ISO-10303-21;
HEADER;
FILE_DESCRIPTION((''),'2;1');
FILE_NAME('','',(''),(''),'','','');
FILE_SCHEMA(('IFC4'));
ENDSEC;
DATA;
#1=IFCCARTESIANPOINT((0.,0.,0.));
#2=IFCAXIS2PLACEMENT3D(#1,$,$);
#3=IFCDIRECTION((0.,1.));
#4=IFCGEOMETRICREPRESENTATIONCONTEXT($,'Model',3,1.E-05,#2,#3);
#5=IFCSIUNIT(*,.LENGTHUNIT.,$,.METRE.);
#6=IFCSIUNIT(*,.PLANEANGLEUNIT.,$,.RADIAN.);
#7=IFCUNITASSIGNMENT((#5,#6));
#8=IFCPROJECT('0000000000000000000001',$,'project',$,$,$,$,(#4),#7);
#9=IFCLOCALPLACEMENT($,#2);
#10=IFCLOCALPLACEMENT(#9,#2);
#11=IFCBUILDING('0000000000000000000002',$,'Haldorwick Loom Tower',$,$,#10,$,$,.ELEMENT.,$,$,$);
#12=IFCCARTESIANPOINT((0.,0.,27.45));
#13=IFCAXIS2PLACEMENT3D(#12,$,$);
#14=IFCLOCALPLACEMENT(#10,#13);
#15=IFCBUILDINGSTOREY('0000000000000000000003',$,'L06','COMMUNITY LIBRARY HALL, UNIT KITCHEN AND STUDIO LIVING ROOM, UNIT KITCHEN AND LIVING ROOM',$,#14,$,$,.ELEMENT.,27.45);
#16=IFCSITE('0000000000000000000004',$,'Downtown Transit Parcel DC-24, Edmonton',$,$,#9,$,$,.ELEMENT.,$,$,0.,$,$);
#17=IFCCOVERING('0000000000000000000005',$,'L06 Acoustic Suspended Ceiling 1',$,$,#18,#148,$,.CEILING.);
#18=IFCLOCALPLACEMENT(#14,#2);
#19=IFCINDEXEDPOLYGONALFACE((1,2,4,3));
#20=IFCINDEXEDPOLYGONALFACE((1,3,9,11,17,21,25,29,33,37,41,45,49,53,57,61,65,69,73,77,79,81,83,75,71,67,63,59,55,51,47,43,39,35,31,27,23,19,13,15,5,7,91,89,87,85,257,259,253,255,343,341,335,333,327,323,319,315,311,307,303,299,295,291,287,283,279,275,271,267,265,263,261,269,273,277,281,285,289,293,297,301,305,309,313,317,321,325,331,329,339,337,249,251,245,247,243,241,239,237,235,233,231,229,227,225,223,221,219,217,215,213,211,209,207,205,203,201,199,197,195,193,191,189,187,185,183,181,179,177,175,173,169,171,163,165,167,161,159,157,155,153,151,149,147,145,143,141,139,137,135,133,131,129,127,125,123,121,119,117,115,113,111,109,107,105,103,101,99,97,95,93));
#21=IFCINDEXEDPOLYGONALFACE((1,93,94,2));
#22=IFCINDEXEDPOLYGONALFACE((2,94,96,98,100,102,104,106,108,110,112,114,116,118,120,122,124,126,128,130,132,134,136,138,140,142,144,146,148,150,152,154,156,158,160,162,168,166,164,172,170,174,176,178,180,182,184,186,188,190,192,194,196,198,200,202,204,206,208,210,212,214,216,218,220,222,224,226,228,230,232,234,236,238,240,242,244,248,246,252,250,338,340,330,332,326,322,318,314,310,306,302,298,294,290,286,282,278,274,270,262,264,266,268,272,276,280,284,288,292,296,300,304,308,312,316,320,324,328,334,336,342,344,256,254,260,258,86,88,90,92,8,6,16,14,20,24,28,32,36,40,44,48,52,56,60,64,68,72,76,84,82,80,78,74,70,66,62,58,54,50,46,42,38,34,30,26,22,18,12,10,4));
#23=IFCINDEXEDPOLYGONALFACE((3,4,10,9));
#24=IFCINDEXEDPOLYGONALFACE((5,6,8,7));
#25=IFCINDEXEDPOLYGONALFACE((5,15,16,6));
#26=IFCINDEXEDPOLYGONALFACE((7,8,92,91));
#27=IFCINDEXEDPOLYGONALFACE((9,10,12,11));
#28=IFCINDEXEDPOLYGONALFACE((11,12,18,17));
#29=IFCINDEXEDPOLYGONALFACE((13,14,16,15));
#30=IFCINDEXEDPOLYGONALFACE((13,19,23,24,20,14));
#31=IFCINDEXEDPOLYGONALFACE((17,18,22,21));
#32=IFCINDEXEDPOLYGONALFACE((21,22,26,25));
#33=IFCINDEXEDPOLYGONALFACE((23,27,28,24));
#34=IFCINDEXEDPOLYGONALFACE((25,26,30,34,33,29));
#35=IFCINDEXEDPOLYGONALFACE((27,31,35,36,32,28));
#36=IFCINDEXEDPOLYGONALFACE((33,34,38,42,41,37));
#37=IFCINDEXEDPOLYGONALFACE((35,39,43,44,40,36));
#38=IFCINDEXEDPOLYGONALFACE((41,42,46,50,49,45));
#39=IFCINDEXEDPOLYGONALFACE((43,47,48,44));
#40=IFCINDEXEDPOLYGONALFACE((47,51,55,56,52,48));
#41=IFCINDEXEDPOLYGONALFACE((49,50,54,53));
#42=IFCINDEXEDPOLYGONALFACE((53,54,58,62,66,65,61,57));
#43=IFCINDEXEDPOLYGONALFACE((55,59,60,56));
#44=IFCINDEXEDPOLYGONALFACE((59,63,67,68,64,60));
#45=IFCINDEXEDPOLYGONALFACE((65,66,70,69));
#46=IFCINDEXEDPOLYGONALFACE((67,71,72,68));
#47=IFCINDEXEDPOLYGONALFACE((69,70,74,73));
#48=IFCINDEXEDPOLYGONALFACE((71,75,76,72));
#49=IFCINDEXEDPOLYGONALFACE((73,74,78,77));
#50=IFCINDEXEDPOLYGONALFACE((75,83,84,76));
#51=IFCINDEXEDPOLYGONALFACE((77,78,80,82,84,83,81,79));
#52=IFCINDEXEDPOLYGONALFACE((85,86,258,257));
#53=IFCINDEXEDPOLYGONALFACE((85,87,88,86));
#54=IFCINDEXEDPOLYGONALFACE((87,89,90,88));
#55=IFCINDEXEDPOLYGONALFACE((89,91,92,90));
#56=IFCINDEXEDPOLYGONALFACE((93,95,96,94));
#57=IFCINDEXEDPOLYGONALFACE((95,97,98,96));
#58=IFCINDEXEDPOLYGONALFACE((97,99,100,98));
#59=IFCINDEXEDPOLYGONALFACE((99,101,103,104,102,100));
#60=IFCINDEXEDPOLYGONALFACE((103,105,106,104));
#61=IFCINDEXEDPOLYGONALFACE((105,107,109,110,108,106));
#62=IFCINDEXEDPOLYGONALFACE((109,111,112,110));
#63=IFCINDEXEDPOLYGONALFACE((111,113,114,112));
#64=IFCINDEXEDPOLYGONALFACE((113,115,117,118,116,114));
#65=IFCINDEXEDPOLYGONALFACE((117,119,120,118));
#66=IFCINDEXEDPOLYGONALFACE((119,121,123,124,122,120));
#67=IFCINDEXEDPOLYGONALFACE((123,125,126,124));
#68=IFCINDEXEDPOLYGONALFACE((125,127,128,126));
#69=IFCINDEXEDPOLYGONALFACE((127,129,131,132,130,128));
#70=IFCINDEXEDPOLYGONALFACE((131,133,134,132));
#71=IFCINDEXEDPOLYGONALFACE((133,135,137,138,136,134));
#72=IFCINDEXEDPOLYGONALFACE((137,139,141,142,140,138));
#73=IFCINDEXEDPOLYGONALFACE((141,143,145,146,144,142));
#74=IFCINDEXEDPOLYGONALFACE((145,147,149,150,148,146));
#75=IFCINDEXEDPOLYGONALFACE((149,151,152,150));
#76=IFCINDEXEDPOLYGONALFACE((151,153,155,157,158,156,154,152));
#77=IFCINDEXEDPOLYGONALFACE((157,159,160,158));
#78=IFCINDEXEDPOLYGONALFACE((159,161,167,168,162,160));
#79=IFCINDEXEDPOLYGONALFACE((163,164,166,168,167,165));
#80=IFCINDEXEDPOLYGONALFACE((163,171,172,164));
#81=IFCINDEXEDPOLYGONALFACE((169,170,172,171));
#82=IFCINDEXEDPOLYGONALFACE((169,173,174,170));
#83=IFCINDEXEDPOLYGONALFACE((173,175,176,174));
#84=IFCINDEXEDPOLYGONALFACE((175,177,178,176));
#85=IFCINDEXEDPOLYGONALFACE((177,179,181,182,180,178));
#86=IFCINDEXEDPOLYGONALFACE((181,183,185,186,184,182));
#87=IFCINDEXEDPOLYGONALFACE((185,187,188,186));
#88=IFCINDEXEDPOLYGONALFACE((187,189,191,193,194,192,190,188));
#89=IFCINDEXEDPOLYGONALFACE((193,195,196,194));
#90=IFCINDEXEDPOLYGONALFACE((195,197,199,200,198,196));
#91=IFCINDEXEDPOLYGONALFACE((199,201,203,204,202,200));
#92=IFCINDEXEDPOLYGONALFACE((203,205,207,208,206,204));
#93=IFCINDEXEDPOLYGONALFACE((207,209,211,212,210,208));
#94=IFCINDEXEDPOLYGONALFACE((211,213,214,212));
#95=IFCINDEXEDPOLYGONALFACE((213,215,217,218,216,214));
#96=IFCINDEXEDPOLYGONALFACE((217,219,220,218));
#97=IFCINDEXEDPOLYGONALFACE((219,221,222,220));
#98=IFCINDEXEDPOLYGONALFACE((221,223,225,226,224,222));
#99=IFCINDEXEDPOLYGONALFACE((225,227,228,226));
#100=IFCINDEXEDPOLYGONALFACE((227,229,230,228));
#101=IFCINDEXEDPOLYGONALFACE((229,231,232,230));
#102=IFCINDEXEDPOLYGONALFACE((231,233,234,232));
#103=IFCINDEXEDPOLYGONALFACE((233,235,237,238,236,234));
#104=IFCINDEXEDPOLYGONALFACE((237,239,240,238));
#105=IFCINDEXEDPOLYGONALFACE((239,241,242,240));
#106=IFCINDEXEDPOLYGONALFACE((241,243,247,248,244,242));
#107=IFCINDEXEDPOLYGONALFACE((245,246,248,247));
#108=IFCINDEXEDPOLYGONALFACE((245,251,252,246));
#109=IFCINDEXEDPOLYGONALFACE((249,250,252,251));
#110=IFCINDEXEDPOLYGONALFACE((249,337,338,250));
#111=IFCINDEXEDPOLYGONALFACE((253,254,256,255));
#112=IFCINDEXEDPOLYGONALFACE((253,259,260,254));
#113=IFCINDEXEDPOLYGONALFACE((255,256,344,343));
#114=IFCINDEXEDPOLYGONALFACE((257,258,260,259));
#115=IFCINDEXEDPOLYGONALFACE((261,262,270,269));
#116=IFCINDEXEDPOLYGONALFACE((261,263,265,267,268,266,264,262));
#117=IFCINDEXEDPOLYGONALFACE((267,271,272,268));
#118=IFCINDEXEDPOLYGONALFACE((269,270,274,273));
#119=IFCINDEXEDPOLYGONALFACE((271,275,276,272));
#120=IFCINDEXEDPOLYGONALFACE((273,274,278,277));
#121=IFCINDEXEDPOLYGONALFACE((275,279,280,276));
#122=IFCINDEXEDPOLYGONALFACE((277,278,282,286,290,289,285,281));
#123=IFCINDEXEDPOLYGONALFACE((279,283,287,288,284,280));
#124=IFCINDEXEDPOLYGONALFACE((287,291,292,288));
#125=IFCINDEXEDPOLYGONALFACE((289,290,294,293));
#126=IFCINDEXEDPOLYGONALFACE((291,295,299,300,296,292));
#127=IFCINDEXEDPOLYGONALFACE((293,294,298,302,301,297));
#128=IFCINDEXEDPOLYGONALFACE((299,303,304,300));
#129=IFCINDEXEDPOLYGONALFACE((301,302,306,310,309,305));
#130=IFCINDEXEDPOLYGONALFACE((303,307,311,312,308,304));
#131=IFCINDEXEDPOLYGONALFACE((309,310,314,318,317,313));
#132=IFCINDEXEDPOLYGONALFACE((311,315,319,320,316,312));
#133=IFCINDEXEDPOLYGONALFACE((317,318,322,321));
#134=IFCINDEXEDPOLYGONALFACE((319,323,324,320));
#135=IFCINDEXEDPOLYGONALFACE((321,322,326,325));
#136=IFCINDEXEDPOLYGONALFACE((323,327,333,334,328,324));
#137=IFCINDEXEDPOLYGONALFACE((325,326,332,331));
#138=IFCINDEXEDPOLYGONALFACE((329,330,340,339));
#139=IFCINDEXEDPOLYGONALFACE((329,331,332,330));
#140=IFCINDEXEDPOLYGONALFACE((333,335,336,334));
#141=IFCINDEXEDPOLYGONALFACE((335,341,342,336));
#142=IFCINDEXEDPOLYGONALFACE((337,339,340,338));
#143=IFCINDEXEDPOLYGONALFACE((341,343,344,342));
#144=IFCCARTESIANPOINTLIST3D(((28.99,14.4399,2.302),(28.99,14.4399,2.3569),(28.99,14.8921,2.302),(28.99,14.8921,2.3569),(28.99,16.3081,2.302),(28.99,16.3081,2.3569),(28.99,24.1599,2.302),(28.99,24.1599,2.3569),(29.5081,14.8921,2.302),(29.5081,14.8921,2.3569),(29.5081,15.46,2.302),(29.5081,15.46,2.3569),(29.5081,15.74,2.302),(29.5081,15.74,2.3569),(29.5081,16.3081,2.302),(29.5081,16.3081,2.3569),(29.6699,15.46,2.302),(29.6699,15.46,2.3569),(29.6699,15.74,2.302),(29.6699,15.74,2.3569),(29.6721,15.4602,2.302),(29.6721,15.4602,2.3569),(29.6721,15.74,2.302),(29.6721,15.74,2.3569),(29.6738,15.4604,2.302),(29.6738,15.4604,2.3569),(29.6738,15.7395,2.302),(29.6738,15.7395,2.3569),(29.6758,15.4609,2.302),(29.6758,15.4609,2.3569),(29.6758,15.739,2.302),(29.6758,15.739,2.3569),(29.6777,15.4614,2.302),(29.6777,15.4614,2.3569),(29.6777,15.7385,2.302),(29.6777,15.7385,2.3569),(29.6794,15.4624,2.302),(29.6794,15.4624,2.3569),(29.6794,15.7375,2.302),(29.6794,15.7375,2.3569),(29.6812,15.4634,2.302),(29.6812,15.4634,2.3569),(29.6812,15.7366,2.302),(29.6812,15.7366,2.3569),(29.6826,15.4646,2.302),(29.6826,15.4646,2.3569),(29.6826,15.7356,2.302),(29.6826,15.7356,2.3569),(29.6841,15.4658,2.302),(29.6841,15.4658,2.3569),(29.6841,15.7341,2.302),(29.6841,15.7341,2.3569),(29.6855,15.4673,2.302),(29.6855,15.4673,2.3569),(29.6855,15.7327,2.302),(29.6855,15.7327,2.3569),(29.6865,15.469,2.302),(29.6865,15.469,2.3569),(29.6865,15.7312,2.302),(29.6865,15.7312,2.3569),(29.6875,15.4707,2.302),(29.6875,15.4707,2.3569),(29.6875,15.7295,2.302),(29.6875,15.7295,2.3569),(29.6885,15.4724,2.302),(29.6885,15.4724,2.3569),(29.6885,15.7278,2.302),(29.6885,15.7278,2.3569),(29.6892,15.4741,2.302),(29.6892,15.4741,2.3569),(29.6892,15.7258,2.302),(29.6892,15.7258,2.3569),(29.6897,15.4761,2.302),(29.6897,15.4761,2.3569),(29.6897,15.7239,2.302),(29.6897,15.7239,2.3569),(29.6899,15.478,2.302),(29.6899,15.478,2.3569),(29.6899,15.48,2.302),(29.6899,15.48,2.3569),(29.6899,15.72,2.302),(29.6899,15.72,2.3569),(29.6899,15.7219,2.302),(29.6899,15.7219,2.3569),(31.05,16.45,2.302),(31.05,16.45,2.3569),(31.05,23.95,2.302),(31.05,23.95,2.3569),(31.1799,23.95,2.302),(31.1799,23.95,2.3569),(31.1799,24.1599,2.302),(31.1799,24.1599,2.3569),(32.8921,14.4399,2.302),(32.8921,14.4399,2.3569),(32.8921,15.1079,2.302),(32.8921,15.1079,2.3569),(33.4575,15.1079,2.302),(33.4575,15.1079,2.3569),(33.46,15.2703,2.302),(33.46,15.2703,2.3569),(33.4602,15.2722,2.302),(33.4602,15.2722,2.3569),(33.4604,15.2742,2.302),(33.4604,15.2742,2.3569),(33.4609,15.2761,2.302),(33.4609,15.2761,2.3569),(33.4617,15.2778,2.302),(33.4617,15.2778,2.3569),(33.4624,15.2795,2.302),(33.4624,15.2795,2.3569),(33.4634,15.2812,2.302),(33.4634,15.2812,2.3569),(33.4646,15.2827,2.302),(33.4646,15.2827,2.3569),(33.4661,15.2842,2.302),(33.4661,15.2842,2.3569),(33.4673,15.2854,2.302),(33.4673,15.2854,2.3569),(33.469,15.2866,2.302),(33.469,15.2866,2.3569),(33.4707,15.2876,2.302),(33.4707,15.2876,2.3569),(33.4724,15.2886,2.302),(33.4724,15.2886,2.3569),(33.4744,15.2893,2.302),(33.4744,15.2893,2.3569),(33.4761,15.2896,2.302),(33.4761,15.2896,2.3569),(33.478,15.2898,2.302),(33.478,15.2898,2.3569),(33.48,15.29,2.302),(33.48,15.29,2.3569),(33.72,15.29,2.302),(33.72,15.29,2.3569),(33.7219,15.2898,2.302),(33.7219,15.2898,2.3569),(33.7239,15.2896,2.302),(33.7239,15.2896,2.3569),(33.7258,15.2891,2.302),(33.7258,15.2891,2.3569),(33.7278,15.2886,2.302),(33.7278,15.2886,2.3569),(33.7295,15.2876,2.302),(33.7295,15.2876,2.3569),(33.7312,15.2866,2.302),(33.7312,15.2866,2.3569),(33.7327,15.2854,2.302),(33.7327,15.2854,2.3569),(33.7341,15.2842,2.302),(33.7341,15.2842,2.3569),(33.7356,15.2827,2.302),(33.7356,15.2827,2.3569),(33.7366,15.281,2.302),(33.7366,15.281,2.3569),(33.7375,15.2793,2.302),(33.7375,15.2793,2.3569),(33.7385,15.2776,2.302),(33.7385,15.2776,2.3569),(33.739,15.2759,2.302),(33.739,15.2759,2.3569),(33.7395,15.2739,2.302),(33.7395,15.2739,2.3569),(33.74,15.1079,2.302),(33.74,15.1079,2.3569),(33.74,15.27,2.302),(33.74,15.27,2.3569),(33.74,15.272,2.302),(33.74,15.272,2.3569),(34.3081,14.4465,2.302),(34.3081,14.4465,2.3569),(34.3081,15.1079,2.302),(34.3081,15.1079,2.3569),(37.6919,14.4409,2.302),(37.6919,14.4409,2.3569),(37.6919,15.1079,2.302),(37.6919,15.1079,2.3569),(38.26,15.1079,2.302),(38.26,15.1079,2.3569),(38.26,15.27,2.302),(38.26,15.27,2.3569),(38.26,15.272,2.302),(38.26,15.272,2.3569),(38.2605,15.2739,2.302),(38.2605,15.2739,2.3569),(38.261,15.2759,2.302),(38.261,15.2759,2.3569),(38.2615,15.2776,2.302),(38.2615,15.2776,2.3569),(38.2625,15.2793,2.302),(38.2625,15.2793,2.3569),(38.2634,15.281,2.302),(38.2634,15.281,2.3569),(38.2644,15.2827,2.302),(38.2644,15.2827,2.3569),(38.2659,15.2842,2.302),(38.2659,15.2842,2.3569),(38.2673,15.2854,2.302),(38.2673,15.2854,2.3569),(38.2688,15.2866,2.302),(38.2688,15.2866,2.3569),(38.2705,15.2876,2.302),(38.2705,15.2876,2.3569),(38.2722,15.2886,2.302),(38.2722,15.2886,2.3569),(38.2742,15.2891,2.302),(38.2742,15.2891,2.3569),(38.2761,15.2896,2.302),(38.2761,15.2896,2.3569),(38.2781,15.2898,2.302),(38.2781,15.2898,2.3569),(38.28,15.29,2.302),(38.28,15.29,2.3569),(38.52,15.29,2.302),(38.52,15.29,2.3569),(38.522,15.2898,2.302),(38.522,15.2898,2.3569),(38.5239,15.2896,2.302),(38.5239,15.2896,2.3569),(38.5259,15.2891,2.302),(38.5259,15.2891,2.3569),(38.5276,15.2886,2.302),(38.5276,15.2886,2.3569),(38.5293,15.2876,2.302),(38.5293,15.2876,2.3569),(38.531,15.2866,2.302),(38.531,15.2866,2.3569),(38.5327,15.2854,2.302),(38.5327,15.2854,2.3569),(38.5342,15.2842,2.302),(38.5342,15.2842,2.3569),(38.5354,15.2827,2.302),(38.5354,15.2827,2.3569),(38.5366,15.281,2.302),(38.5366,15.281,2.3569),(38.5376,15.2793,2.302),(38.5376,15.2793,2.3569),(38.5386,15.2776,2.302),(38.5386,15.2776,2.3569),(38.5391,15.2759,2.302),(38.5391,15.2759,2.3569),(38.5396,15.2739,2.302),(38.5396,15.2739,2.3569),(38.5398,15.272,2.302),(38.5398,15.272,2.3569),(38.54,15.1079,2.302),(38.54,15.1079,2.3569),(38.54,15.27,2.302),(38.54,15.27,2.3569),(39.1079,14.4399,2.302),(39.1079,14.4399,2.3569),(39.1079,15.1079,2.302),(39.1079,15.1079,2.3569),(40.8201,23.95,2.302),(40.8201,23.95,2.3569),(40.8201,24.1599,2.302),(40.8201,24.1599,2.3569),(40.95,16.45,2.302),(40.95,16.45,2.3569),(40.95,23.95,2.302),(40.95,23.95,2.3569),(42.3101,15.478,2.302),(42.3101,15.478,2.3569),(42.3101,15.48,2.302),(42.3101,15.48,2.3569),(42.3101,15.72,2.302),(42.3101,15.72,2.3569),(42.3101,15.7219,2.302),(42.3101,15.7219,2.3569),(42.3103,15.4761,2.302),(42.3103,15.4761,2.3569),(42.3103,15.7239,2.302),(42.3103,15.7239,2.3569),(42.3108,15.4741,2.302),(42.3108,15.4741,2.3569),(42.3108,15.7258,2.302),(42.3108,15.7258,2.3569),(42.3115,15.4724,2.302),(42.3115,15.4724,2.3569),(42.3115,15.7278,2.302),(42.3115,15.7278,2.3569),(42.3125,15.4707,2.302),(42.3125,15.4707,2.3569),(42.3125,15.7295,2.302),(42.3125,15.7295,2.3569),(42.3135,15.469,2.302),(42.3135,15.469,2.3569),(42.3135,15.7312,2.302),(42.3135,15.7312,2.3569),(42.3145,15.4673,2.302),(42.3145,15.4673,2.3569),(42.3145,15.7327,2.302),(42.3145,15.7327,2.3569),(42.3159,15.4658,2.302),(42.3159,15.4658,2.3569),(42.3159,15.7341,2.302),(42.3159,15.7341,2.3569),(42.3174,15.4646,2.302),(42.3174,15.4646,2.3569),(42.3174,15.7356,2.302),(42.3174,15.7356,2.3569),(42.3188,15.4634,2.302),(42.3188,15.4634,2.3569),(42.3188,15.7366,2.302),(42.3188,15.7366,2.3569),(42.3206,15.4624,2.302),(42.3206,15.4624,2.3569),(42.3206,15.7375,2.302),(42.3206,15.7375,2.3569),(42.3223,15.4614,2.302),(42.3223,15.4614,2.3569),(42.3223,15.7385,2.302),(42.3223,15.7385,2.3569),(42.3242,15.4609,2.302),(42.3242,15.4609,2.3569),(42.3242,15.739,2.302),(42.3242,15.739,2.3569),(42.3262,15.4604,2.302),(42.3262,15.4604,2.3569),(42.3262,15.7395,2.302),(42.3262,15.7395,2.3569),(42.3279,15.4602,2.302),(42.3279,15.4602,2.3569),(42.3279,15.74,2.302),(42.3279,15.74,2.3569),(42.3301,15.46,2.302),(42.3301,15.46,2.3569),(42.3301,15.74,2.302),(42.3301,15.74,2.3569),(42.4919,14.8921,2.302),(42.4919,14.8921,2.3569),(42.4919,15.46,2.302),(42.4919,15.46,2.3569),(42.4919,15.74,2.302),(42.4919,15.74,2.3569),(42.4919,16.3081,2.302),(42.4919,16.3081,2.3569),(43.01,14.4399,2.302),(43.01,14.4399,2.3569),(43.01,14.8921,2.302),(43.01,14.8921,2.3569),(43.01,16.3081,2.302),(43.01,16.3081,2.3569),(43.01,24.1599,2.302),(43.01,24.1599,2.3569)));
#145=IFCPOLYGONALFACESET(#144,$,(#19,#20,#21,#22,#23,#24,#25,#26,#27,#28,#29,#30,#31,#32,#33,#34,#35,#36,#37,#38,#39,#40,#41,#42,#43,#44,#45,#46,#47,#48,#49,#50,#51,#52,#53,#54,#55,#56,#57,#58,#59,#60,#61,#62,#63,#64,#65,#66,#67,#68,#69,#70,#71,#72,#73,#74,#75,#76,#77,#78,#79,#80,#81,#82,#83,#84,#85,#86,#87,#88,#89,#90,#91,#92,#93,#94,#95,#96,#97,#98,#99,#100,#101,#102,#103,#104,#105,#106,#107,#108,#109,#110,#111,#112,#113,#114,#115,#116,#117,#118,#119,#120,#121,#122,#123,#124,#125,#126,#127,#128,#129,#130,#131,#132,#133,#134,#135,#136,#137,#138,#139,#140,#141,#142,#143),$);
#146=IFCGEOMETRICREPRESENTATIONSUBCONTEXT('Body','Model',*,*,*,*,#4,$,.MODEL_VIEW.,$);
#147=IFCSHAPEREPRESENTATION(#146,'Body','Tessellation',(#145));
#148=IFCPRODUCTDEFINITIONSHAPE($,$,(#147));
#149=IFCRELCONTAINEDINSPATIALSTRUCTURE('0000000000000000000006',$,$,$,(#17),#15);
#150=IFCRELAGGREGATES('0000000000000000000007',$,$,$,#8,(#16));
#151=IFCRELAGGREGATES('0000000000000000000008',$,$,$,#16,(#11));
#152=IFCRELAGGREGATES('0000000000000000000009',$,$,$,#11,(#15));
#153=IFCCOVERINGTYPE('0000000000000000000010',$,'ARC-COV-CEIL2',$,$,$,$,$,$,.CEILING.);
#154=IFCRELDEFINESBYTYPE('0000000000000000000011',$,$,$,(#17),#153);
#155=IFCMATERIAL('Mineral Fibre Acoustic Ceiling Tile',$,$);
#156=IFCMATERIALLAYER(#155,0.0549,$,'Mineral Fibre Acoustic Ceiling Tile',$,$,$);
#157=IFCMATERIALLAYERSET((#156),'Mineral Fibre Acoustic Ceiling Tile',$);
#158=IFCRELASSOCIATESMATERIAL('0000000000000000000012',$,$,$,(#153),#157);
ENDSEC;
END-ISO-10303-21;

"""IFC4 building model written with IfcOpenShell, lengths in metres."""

from ifc_helpers import new_model, si_unit, direction, frame, origin, place, context, subcontext, project, spatial, polyline, outline, extrude, material, layer, layer_set, type_object, element, save


model = new_model("IFC4")

# Units and contexts
model_context = context("Model", 3, precision=1e-05, world=origin(), true_north=direction((0.0, 1.0)))
body_context = subcontext(model_context, "Body", "Model", "MODEL_VIEW")
ifc_project = project(units=[si_unit("LENGTHUNIT", "METRE"), si_unit("PLANEANGLEUNIT", "RADIAN")], contexts=[model_context])

# Site, building, storey
site_placement = place(None, origin())
site = spatial("IfcSite", under=ifc_project, at=site_placement, Name="Downtown Transit Parcel DC-24, Edmonton", CompositionType="ELEMENT", RefElevation=0.0)
building_placement = place(site_placement, origin())
building = spatial("IfcBuilding", under=site, at=building_placement, Name="Haldorwick Loom Tower", CompositionType="ELEMENT")
storey_placement = place(building_placement, frame((0.0, 0.0, 27.45)))
storey = spatial("IfcBuildingStorey", under=building, at=storey_placement, Name="L06", Description="COMMUNITY LIBRARY HALL, UNIT KITCHEN AND STUDIO LIVING ROOM, UNIT KITCHEN AND LIVING ROOM", CompositionType="ELEMENT", Elevation=27.45)

# Covering
ifc_material_1 = material(Name="Mineral Fibre Acoustic Ceiling Tile")
ifc_layer_1 = layer(ifc_material_1, 0.0549, Name="Mineral Fibre Acoustic Ceiling Tile")
ifc_layer_set_1 = layer_set([ifc_layer_1], Name="Mineral Fibre Acoustic Ceiling Tile")
covering_type_1 = type_object("IfcCoveringType", Name="ARC-COV-CEIL2", PredefinedType="CEILING", material=ifc_layer_set_1)
covering_1_placement = place(storey_placement, frame((0.0, 0.0, 2.302)))
element("IfcCovering", 1, at=covering_1_placement, inside=storey, type_object=covering_type_1, Name="L06 Acoustic Suspended Ceiling 1", PredefinedType="CEILING", context=body_context, shape_type="SweptSolid", body=[
    extrude(outline(polyline([(37.6919, 14.4409), (37.6919, 15.1079), (38.26, 15.1079), (38.26, 15.27), (38.26, 15.272), (38.2605, 15.2739), (38.261, 15.2759), (38.2615, 15.2776), (38.2625, 15.2793), (38.2634, 15.281), (38.2644, 15.2827), (38.2659, 15.2842), (38.2673, 15.2854), (38.2688, 15.2866), (38.2705, 15.2876), (38.2722, 15.2886), (38.2742, 15.2891), (38.2761, 15.2896), (38.2781, 15.2898), (38.28, 15.29), (38.52, 15.29), (38.522, 15.2898), (38.5239, 15.2896), (38.5259, 15.2891), (38.5276, 15.2886), (38.5293, 15.2876), (38.531, 15.2866), (38.5327, 15.2854), (38.5342, 15.2842), (38.5354, 15.2827), (38.5366, 15.281), (38.5376, 15.2793), (38.5386, 15.2776), (38.5391, 15.2759), (38.5396, 15.2739), (38.5398, 15.272), (38.54, 15.27), (38.54, 15.1079), (39.1079, 15.1079), (39.1079, 14.4399), (43.01, 14.4399), (43.01, 14.8921), (42.4919, 14.8921), (42.4919, 15.46), (42.3301, 15.46), (42.3279, 15.4602), (42.3262, 15.4604), (42.3242, 15.4609), (42.3223, 15.4614), (42.3206, 15.4624), (42.3188, 15.4634), (42.3174, 15.4646), (42.3159, 15.4658), (42.3145, 15.4673), (42.3135, 15.469), (42.3125, 15.4707), (42.3115, 15.4724), (42.3108, 15.4741), (42.3103, 15.4761), (42.3101, 15.478), (42.3101, 15.48), (42.3101, 15.72), (42.3101, 15.7219), (42.3103, 15.7239), (42.3108, 15.7258), (42.3115, 15.7278), (42.3125, 15.7295), (42.3135, 15.7312), (42.3145, 15.7327), (42.3159, 15.7341), (42.3174, 15.7356), (42.3188, 15.7366), (42.3206, 15.7375), (42.3223, 15.7385), (42.3242, 15.739), (42.3262, 15.7395), (42.3279, 15.74), (42.3301, 15.74), (42.4919, 15.74), (42.4919, 16.3081), (43.01, 16.3081), (43.01, 24.1599), (40.8201, 24.1599), (40.8201, 23.95), (40.95, 23.95), (40.95, 16.45), (31.05, 16.45), (31.05, 23.95), (31.1799, 23.95), (31.1799, 24.1599), (28.99, 24.1599), (28.99, 16.3081), (29.5081, 16.3081), (29.5081, 15.74), (29.6699, 15.74), (29.6721, 15.74), (29.6738, 15.7395), (29.6758, 15.739), (29.6777, 15.7385), (29.6794, 15.7375), (29.6812, 15.7366), (29.6826, 15.7356), (29.6841, 15.7341), (29.6855, 15.7327), (29.6865, 15.7312), (29.6875, 15.7295), (29.6885, 15.7278), (29.6892, 15.7258), (29.6897, 15.7239), (29.6899, 15.7219), (29.6899, 15.72), (29.6899, 15.48), (29.6899, 15.478), (29.6897, 15.4761), (29.6892, 15.4741), (29.6885, 15.4724), (29.6875, 15.4707), (29.6865, 15.469), (29.6855, 15.4673), (29.6841, 15.4658), (29.6826, 15.4646), (29.6812, 15.4634), (29.6794, 15.4624), (29.6777, 15.4614), (29.6758, 15.4609), (29.6738, 15.4604), (29.6721, 15.4602), (29.6699, 15.46), (29.5081, 15.46), (29.5081, 14.8921), (28.99, 14.8921), (28.99, 14.4399), (32.8921, 14.4399), (32.8921, 15.1079), (33.4575, 15.1079), (33.46, 15.2703), (33.4602, 15.2722), (33.4604, 15.2742), (33.4609, 15.2761), (33.4617, 15.2778), (33.4624, 15.2795), (33.4634, 15.2812), (33.4646, 15.2827), (33.4661, 15.2842), (33.4673, 15.2854), (33.469, 15.2866), (33.4707, 15.2876), (33.4724, 15.2886), (33.4744, 15.2893), (33.4761, 15.2896), (33.478, 15.2898), (33.48, 15.29), (33.72, 15.29), (33.7219, 15.2898), (33.7239, 15.2896), (33.7258, 15.2891), (33.7278, 15.2886), (33.7295, 15.2876), (33.7312, 15.2866), (33.7327, 15.2854), (33.7341, 15.2842), (33.7356, 15.2827), (33.7366, 15.281), (33.7375, 15.2793), (33.7385, 15.2776), (33.739, 15.2759), (33.7395, 15.2739), (33.74, 15.272), (33.74, 15.27), (33.74, 15.1079), (34.3081, 15.1079), (34.3081, 14.4465), (37.6919, 14.4409)])), origin(), (0.0, 0.0, 1.0), 0.0549),
])

save(model, "model.ifc")
